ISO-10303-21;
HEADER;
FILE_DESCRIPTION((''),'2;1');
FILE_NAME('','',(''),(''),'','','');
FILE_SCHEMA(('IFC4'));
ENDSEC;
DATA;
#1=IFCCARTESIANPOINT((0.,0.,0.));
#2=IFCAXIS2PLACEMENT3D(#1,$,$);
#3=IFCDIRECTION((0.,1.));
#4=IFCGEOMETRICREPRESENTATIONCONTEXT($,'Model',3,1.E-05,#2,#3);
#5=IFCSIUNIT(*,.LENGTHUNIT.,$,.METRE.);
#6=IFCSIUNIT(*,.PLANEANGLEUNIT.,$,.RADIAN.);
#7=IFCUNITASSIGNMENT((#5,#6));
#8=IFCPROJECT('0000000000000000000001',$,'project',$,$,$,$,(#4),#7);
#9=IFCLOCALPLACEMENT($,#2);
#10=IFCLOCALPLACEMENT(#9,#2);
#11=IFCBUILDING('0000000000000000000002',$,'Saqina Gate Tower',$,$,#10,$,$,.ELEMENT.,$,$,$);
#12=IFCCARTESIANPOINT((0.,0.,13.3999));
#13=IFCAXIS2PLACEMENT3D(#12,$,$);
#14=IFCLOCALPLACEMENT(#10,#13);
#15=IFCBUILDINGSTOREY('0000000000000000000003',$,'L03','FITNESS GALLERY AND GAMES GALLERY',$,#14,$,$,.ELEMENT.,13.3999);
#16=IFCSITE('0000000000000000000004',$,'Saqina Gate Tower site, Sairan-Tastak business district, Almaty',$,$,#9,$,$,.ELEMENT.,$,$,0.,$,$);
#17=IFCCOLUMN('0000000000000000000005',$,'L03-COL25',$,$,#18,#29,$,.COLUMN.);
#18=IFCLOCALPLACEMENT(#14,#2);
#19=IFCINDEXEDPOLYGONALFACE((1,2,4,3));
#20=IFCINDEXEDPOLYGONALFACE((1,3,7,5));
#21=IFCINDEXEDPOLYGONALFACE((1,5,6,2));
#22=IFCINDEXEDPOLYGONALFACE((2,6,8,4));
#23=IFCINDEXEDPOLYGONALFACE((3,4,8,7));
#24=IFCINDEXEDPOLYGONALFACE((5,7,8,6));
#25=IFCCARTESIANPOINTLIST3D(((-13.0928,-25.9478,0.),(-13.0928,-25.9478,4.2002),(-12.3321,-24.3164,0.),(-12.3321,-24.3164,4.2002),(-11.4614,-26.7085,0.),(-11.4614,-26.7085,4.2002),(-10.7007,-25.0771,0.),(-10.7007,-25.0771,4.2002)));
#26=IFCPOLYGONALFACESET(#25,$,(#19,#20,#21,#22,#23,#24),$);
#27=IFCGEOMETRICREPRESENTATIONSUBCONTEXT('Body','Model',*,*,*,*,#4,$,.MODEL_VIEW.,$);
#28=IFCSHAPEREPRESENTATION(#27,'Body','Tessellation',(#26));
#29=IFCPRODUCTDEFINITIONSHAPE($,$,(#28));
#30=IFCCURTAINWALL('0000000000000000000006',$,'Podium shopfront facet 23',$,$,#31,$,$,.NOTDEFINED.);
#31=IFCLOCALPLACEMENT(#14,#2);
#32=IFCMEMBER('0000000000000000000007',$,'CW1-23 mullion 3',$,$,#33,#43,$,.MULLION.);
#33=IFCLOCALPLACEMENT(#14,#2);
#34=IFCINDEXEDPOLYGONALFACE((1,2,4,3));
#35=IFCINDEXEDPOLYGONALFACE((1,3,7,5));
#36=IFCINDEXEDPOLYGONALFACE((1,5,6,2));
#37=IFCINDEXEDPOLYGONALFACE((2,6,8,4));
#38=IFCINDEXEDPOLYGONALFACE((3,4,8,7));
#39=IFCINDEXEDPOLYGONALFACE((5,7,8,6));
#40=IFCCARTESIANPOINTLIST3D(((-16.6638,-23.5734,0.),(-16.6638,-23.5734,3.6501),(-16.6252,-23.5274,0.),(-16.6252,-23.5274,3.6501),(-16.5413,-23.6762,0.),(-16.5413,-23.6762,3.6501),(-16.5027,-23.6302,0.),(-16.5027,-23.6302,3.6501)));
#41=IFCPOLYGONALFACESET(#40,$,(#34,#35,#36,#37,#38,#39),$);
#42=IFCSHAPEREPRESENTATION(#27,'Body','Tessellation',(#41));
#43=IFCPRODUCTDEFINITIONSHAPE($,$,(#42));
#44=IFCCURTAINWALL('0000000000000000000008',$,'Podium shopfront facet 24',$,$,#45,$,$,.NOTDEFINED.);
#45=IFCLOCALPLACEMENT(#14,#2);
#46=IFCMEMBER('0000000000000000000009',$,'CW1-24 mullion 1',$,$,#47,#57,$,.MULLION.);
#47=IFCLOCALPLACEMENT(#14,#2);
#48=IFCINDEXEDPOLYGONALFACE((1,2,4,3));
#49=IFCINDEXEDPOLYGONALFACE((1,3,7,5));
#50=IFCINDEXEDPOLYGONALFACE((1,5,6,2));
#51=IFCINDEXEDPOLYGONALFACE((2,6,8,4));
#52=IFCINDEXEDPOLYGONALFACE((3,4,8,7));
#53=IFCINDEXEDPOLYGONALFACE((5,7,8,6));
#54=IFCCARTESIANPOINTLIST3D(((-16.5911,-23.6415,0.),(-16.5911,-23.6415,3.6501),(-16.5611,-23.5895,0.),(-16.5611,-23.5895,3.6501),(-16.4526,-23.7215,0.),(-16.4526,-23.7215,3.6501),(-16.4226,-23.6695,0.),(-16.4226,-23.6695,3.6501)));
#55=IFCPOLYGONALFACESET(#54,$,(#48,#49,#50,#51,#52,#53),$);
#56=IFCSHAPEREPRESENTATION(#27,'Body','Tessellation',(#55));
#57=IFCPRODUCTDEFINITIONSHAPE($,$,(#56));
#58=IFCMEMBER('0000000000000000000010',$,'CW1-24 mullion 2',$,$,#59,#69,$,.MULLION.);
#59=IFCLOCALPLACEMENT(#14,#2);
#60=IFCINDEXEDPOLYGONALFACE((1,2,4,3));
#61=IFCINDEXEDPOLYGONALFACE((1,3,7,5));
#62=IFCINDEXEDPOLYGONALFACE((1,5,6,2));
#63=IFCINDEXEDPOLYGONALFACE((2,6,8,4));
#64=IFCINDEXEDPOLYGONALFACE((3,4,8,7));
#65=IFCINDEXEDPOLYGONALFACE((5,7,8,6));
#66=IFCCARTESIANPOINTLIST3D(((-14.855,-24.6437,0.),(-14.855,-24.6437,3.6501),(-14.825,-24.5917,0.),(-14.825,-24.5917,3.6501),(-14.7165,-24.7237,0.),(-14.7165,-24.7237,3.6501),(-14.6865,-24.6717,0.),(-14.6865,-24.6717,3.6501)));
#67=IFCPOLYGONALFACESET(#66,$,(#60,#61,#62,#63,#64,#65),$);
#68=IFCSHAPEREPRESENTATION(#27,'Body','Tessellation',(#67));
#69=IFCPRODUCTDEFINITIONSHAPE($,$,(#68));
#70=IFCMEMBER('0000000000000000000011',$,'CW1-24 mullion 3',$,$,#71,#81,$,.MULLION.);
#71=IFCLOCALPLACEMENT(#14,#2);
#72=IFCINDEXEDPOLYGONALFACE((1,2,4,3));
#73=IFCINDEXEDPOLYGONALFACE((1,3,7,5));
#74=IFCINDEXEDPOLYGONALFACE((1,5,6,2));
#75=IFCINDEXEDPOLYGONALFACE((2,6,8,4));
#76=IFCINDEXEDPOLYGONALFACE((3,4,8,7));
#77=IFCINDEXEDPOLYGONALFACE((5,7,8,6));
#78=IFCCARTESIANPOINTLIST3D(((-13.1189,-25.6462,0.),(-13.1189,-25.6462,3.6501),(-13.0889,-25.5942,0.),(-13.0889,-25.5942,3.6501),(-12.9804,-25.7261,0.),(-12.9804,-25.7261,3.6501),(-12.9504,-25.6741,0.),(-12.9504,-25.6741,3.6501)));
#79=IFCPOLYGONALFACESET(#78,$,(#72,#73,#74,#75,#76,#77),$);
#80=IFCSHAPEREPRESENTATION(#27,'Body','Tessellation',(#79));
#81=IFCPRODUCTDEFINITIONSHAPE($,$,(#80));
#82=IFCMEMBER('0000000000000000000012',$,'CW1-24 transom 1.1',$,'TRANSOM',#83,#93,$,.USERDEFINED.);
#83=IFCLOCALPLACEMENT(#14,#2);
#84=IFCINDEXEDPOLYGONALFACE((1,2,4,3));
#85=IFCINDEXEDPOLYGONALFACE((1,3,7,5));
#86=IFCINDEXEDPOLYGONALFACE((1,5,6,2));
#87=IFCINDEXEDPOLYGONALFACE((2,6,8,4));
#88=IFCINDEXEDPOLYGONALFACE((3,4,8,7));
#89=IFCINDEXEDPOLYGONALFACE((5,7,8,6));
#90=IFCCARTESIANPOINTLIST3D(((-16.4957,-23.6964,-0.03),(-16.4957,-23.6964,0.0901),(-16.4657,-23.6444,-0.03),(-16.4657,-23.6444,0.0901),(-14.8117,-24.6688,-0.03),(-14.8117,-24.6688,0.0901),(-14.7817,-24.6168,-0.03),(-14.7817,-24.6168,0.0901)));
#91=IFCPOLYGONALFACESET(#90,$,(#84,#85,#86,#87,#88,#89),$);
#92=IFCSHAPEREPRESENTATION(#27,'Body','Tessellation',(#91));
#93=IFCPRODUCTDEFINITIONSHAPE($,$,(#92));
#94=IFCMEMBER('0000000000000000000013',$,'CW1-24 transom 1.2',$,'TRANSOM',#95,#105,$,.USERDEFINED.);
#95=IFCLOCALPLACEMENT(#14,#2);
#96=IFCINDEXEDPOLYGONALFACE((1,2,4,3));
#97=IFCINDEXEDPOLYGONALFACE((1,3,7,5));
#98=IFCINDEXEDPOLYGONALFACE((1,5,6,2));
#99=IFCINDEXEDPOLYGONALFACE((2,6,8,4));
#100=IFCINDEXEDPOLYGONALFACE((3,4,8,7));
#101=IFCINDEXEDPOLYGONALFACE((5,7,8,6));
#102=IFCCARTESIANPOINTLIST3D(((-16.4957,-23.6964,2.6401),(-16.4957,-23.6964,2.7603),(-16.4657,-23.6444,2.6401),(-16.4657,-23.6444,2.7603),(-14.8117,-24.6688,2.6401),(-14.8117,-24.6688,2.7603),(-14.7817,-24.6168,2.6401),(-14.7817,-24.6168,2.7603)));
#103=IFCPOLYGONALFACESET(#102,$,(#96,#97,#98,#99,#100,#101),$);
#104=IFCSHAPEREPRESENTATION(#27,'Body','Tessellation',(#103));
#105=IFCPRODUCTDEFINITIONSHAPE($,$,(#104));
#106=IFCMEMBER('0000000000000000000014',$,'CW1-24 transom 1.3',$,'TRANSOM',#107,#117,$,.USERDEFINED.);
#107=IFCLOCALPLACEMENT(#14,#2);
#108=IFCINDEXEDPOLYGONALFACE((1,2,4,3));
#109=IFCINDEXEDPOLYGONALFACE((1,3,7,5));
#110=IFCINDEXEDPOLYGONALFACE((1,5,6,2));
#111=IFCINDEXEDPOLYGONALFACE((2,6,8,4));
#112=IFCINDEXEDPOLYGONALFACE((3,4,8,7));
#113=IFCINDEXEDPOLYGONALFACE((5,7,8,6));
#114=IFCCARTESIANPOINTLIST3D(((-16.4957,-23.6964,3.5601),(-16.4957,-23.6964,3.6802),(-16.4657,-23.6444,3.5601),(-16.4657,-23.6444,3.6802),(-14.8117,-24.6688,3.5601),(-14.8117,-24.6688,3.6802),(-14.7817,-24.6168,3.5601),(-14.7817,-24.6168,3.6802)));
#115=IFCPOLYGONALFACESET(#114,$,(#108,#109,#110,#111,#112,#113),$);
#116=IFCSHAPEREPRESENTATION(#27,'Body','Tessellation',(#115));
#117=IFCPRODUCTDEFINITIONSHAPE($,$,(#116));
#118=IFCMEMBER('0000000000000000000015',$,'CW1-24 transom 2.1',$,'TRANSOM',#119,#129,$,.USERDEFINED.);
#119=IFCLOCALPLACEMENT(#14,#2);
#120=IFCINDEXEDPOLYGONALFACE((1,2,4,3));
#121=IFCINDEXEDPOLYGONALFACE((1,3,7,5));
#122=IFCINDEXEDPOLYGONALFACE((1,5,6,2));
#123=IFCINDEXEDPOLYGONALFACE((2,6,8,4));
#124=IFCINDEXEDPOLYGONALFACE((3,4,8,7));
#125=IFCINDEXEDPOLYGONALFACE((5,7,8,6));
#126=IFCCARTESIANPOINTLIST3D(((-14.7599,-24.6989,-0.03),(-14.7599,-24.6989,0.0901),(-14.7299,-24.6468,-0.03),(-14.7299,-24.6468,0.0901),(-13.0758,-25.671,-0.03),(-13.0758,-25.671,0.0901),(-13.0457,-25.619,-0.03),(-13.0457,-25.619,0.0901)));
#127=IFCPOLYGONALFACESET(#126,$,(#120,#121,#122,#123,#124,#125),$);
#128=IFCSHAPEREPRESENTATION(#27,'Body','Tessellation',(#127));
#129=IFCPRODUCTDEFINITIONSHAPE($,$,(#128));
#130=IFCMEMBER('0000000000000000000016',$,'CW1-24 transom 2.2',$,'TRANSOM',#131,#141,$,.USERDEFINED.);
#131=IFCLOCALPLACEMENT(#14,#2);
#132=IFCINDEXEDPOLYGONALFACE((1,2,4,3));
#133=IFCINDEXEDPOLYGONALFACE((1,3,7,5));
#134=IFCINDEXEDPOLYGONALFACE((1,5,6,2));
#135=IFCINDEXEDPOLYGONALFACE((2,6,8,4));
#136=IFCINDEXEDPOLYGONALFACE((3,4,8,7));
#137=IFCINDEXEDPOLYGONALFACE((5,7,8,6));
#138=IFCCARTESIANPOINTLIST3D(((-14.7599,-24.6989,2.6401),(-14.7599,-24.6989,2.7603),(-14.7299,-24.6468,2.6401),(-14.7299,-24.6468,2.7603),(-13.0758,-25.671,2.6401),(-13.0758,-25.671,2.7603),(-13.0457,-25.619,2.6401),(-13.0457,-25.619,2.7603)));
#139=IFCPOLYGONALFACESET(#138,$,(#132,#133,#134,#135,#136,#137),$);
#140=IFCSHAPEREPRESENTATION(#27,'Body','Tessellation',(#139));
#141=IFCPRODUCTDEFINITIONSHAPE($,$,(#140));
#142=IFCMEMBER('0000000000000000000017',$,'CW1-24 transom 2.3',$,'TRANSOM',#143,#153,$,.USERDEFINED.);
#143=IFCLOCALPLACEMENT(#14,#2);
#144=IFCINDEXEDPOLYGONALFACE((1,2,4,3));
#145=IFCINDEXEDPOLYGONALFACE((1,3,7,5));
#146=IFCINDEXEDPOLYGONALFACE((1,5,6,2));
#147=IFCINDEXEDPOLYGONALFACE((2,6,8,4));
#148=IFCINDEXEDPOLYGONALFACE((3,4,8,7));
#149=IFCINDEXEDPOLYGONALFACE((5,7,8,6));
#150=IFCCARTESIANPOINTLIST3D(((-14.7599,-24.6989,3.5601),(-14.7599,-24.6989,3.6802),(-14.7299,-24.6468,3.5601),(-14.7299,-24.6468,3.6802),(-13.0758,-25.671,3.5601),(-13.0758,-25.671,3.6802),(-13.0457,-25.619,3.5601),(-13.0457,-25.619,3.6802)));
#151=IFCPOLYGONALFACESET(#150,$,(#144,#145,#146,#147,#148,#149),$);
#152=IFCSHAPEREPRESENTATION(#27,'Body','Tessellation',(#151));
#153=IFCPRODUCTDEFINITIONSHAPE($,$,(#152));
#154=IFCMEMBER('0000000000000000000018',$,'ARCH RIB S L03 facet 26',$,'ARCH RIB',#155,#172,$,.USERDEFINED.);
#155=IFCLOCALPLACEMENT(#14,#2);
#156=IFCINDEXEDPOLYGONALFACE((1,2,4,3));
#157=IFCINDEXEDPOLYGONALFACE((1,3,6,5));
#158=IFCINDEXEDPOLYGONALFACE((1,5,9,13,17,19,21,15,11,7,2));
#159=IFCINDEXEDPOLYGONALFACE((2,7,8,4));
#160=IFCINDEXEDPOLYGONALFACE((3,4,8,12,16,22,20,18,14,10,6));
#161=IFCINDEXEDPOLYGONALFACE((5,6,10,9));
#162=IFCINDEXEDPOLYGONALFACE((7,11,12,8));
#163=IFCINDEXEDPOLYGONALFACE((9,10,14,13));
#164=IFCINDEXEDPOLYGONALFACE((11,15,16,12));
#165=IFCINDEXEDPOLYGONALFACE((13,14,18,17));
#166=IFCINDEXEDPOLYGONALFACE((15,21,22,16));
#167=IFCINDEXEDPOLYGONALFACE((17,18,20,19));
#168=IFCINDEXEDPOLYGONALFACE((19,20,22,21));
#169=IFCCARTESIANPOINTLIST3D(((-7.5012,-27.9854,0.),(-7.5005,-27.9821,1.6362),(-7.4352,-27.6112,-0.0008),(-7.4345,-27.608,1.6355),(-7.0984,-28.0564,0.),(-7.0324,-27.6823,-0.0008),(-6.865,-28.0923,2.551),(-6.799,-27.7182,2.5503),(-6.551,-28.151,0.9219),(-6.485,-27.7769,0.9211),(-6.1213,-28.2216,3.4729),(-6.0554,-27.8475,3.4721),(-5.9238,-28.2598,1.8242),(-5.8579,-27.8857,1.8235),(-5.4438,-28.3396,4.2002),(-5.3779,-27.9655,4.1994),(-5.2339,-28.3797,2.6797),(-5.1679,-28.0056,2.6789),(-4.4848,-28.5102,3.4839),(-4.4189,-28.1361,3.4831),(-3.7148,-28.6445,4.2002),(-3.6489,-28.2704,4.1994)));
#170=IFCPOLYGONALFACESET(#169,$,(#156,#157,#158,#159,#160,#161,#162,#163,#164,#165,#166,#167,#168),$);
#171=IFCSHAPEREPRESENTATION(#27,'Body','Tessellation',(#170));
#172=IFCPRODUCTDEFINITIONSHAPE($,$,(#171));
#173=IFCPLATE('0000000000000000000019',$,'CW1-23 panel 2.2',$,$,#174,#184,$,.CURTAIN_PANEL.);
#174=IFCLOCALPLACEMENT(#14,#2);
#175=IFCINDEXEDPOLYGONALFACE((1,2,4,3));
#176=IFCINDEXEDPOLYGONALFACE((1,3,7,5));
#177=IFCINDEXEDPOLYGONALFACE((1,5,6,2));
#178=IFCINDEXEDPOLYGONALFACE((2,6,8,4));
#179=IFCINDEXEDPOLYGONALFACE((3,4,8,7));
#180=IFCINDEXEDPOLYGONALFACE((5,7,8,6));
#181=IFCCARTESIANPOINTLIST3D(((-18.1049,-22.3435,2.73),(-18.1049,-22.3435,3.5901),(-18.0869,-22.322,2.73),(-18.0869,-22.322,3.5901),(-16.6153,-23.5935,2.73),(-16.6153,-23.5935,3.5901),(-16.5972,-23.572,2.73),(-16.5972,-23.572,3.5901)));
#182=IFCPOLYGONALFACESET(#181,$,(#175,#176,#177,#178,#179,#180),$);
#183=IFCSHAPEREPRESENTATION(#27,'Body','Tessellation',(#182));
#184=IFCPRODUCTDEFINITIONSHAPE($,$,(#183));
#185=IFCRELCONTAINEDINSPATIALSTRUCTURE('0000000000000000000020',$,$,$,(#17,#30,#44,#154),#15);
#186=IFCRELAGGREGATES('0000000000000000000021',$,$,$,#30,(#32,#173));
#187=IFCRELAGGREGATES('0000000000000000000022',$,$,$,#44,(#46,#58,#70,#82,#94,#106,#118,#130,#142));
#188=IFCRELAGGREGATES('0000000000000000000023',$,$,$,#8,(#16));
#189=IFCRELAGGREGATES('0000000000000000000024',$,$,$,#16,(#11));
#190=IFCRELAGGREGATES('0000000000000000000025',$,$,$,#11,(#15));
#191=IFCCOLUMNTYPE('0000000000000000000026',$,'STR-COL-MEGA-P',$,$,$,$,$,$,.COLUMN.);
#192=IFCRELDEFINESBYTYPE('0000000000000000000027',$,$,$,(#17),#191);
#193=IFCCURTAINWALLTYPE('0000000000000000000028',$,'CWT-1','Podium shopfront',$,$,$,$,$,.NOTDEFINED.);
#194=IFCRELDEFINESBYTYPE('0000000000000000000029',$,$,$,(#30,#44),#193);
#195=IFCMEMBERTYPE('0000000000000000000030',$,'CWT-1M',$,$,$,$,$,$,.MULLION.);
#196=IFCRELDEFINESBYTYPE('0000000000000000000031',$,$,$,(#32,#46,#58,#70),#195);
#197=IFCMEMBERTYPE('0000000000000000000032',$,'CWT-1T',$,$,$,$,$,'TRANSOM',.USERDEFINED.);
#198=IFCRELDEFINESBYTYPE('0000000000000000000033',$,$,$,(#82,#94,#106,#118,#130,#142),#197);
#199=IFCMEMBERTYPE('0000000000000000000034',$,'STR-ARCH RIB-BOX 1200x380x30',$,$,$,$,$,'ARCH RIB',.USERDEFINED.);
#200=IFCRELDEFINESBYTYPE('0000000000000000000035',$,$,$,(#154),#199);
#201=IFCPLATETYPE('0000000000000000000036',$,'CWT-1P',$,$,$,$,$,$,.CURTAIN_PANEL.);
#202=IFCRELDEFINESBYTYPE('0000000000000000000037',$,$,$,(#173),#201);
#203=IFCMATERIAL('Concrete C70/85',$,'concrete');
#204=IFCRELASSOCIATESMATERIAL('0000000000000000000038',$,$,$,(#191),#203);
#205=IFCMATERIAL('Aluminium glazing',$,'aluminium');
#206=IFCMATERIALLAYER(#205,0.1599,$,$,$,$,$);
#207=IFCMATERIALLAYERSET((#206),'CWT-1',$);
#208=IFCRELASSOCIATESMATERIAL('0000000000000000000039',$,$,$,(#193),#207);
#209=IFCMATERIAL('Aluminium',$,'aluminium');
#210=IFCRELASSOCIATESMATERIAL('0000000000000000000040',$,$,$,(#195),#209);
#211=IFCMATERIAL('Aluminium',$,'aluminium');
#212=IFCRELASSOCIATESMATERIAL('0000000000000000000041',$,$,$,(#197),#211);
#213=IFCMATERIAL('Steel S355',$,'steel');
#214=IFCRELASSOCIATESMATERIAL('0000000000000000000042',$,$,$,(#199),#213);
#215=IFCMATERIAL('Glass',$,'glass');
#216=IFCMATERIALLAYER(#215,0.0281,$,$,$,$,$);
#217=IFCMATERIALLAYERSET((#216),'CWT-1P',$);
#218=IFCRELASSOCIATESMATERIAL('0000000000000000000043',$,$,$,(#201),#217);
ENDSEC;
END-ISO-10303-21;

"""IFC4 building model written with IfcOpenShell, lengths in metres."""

from ifc_helpers import new_model, si_unit, direction, frame, origin, origin_2d, place, context, subcontext, project, spatial, polyline, rectangle, hollow_rectangle, outline, extrude, material, layer, layer_set, material_profile, profile_set, type_object, element, aggregate, save


model = new_model("IFC4")

# Units and contexts
model_context = context("Model", 3, precision=1e-05, world=origin(), true_north=direction((0.0, 1.0)))
body_context = subcontext(model_context, "Body", "Model", "MODEL_VIEW")
ifc_project = project(units=[si_unit("LENGTHUNIT", "METRE"), si_unit("PLANEANGLEUNIT", "RADIAN")], contexts=[model_context])

# Site, building, storey
site_placement = place(None, origin())
site = spatial("IfcSite", under=ifc_project, at=site_placement, Name="Saqina Gate Tower site, Sairan-Tastak business district, Almaty", CompositionType="ELEMENT", RefElevation=0.0)
building_placement = place(site_placement, origin())
building = spatial("IfcBuilding", under=site, at=building_placement, Name="Saqina Gate Tower", CompositionType="ELEMENT")
storey_placement = place(building_placement, frame((0.0, 0.0, 13.3999)))
storey = spatial("IfcBuildingStorey", under=building, at=storey_placement, Name="L03", Description="FITNESS GALLERY AND GAMES GALLERY", CompositionType="ELEMENT", Elevation=13.3999)

# Column
ifc_material_1 = material(Name="Concrete C70/85", Category="concrete")
ifc_material_profile_1 = material_profile(ifc_material_1, rectangle(XDim=1.8, YDim=1.8, at=origin_2d()), Name="RC 1800x1800")
ifc_profile_set_1 = profile_set([ifc_material_profile_1], Name="Concrete C70/85")
column_type = type_object("IfcColumnType", Name="STR-COL-MEGA-P", PredefinedType="COLUMN", material=ifc_profile_set_1)
column_placement = place(storey_placement, frame((-11.8967, -25.5125, 0.0), z_axis=(0.0, 0.0, 1.0), x_axis=(-0.422618, -0.906308, 0.0)))
element("IfcColumn", 1, at=column_placement, inside=storey, type_object=column_type, Name="L03-COL25", PredefinedType="COLUMN", context=body_context, shape_type="SweptSolid", body=[
    extrude(rectangle(XDim=1.8, YDim=1.8, at=origin_2d()), origin(), (0.0, 0.0, 1.0), 4.2002),
])

# Curtain wall, member
ifc_material_2 = material(Name="Aluminium glazing", Category="aluminium")
ifc_layer_1 = layer(ifc_material_2, 0.1599)
ifc_layer_set_1 = layer_set([ifc_layer_1], Name="CWT-1")
curtain_wall_type = type_object("IfcCurtainWallType", Name="CWT-1", Description="Podium shopfront", PredefinedType="NOTDEFINED", material=ifc_layer_set_1)
curtain_wall_1_placement = place(storey_placement, origin())
curtain_wall_1 = element("IfcCurtainWall", 2, at=curtain_wall_1_placement, inside=storey, type_object=curtain_wall_type, Name="Podium shopfront facet 23", PredefinedType="NOTDEFINED")
ifc_material_3 = material(Name="Aluminium", Category="aluminium")
ifc_material_profile_2 = material_profile(ifc_material_3, rectangle(XDim=0.0601, YDim=0.1599, at=origin_2d()), Name="Aluminium 60x160")
ifc_profile_set_2 = profile_set([ifc_material_profile_2], Name="Aluminium")
member_type_1 = type_object("IfcMemberType", Name="CWT-1M", PredefinedType="MULLION", material=ifc_profile_set_2)
member_1_placement = place(storey_placement, frame((-16.5833, -23.6018, 0.0), z_axis=(0.0, 0.0, 1.0), x_axis=(0.642779, 0.766051, 0.0)))
member_1 = element("IfcMember", 3, at=member_1_placement, type_object=member_type_1, Name="CW1-23 mullion 3", PredefinedType="MULLION", context=body_context, shape_type="SweptSolid", body=[
    extrude(rectangle(XDim=0.0601, YDim=0.1599, at=origin_2d()), origin(), (0.0, 0.0, 1.0), 3.6501),
])

# Curtain wall, members
curtain_wall_2_placement = place(storey_placement, origin())
curtain_wall_2 = element("IfcCurtainWall", 4, at=curtain_wall_2_placement, inside=storey, type_object=curtain_wall_type, Name="Podium shopfront facet 24", PredefinedType="NOTDEFINED")
member_2_placement = place(storey_placement, frame((-16.5068, -23.6555, 0.0), z_axis=(0.0, 0.0, 1.0), x_axis=(0.500014, 0.866017, 0.0)))
member_2 = element("IfcMember", 5, at=member_2_placement, type_object=member_type_1, Name="CW1-24 mullion 1", PredefinedType="MULLION", context=body_context, shape_type="SweptSolid", body=[
    extrude(rectangle(XDim=0.0601, YDim=0.1599, at=origin_2d()), origin(), (0.0, 0.0, 1.0), 3.6501),
])
member_3_placement = place(storey_placement, frame((-14.7708, -24.6577, 0.0), z_axis=(0.0, 0.0, 1.0), x_axis=(0.500014, 0.866017, 0.0)))
member_3 = element("IfcMember", 6, at=member_3_placement, type_object=member_type_1, Name="CW1-24 mullion 2", PredefinedType="MULLION", context=body_context, shape_type="SweptSolid", body=[
    extrude(rectangle(XDim=0.0601, YDim=0.1599, at=origin_2d()), origin(), (0.0, 0.0, 1.0), 3.6501),
])
member_4_placement = place(storey_placement, frame((-13.0347, -25.6602, 0.0), z_axis=(0.0, 0.0, 1.0), x_axis=(0.500014, 0.866017, 0.0)))
member_4 = element("IfcMember", 7, at=member_4_placement, type_object=member_type_1, Name="CW1-24 mullion 3", PredefinedType="MULLION", context=body_context, shape_type="SweptSolid", body=[
    extrude(rectangle(XDim=0.0601, YDim=0.1599, at=origin_2d()), origin(), (0.0, 0.0, 1.0), 3.6501),
])
ifc_material_4 = material(Name="Aluminium", Category="aluminium")
ifc_material_profile_3 = material_profile(ifc_material_4, rectangle(XDim=0.0601, YDim=0.1201, at=origin_2d()), Name="Aluminium 60x120")
ifc_profile_set_3 = profile_set([ifc_material_profile_3], Name="Aluminium")
member_type_2 = type_object("IfcMemberType", Name="CWT-1T", ElementType="TRANSOM", PredefinedType="USERDEFINED", material=ifc_profile_set_3)
member_5_placement = place(storey_placement, frame((-16.4807, -23.6704, 0.03), z_axis=(0.866002, -0.500041, 0.0), x_axis=(0.500041, 0.866002, 0.0)))
member_5 = element("IfcMember", 8, at=member_5_placement, type_object=member_type_2, Name="CW1-24 transom 1.1", ObjectType="TRANSOM", PredefinedType="USERDEFINED", context=body_context, shape_type="SweptSolid", body=[
    extrude(rectangle(XDim=0.0601, YDim=0.1201, at=origin_2d()), origin(), (0.0, 0.0, 1.0), 1.9446),
])
member_6_placement = place(storey_placement, frame((-16.4807, -23.6704, 2.7002), z_axis=(0.866002, -0.500041, 0.0), x_axis=(0.500041, 0.866002, 0.0)))
member_6 = element("IfcMember", 9, at=member_6_placement, type_object=member_type_2, Name="CW1-24 transom 1.2", ObjectType="TRANSOM", PredefinedType="USERDEFINED", context=body_context, shape_type="SweptSolid", body=[
    extrude(rectangle(XDim=0.0601, YDim=0.1201, at=origin_2d()), origin(), (0.0, 0.0, 1.0), 1.9446),
])
member_7_placement = place(storey_placement, frame((-16.4807, -23.6704, 3.6201), z_axis=(0.866002, -0.500041, 0.0), x_axis=(0.500041, 0.866002, 0.0)))
member_7 = element("IfcMember", 10, at=member_7_placement, type_object=member_type_2, Name="CW1-24 transom 1.3", ObjectType="TRANSOM", PredefinedType="USERDEFINED", context=body_context, shape_type="SweptSolid", body=[
    extrude(rectangle(XDim=0.0601, YDim=0.1201, at=origin_2d()), origin(), (0.0, 0.0, 1.0), 1.9446),
])
member_8_placement = place(storey_placement, frame((-14.7449, -24.6729, 0.03), z_axis=(0.866056, -0.499947, 0.0), x_axis=(0.499947, 0.866056, 0.0)))
member_8 = element("IfcMember", 11, at=member_8_placement, type_object=member_type_2, Name="CW1-24 transom 2.1", ObjectType="TRANSOM", PredefinedType="USERDEFINED", context=body_context, shape_type="SweptSolid", body=[
    extrude(rectangle(XDim=0.0601, YDim=0.1201, at=origin_2d()), origin(), (0.0, 0.0, 1.0), 1.9446),
])
member_9_placement = place(storey_placement, frame((-14.7449, -24.6729, 2.7002), z_axis=(0.866056, -0.499947, 0.0), x_axis=(0.499947, 0.866056, 0.0)))
member_9 = element("IfcMember", 12, at=member_9_placement, type_object=member_type_2, Name="CW1-24 transom 2.2", ObjectType="TRANSOM", PredefinedType="USERDEFINED", context=body_context, shape_type="SweptSolid", body=[
    extrude(rectangle(XDim=0.0601, YDim=0.1201, at=origin_2d()), origin(), (0.0, 0.0, 1.0), 1.9446),
])
member_10_placement = place(storey_placement, frame((-14.7449, -24.6729, 3.6201), z_axis=(0.866056, -0.499947, 0.0), x_axis=(0.499947, 0.866056, 0.0)))
member_10 = element("IfcMember", 13, at=member_10_placement, type_object=member_type_2, Name="CW1-24 transom 2.3", ObjectType="TRANSOM", PredefinedType="USERDEFINED", context=body_context, shape_type="SweptSolid", body=[
    extrude(rectangle(XDim=0.0601, YDim=0.1201, at=origin_2d()), origin(), (0.0, 0.0, 1.0), 1.9446),
])

# Member
ifc_material_5 = material(Name="Steel S355", Category="steel")
ifc_material_profile_4 = material_profile(ifc_material_5, hollow_rectangle(XDim=1.2, YDim=0.3799, WallThickness=0.03, at=origin_2d()), Name="BOX 1200x380x30")
ifc_profile_set_4 = profile_set([ifc_material_profile_4], Name="Steel S355")
member_type_3 = type_object("IfcMemberType", Name="STR-ARCH RIB-BOX 1200x380x30", ElementType="ARCH RIB", PredefinedType="USERDEFINED", material=ifc_profile_set_4)
member_11_placement = place(storey_placement, frame((-7.5012, -27.9854, 0.0), z_axis=(-0.173664, -0.984803, 0.002009), x_axis=(0.000451, 0.00196, 0.999998)))
element("IfcMember", 14, at=member_11_placement, inside=storey, type_object=member_type_3, Name="ARCH RIB S L03 facet 26", ObjectType="ARCH RIB", PredefinedType="USERDEFINED", context=body_context, shape_type="SweptSolid", body=[
    extrude(outline(polyline([(0.0, 0.0), (1.6362, 0.0), (2.5511, -0.6449), (3.4731, -1.3996), (4.2004, -2.0872), (4.2006, -3.8429), (3.4842, -3.0613), (2.6799, -2.3011), (1.8244, -1.6009), (0.922, -0.9644), (0.0, -0.409), (0.0, 0.0)])), origin(), (0.0, 0.0, -1.0), 0.3799),
])

# Plate
ifc_material_6 = material(Name="Glass", Category="glass")
ifc_layer_2 = layer(ifc_material_6, 0.0281)
ifc_layer_set_2 = layer_set([ifc_layer_2], Name="CWT-1P")
plate_type = type_object("IfcPlateType", Name="CWT-1P", PredefinedType="CURTAIN_PANEL", material=ifc_layer_set_2)
plate_1_placement = place(storey_placement, frame((-17.3511, -22.9578, 2.73), z_axis=(0.0, 0.0, 1.0), x_axis=(0.766051, -0.642779, 0.0)))
plate_1 = element("IfcPlate", 15, at=plate_1_placement, type_object=plate_type, Name="CW1-23 panel 2.2", PredefinedType="CURTAIN_PANEL", context=body_context, shape_type="SweptSolid", body=[
    extrude(rectangle(XDim=1.9446, YDim=0.0281, at=origin_2d()), origin(), (0.0, 0.0, 1.0), 0.8601),
])
aggregate(curtain_wall_1, [member_1, plate_1])
aggregate(curtain_wall_2, [member_2, member_3, member_4, member_5, member_6, member_7, member_8, member_9, member_10])

save(model, "model.ifc")
